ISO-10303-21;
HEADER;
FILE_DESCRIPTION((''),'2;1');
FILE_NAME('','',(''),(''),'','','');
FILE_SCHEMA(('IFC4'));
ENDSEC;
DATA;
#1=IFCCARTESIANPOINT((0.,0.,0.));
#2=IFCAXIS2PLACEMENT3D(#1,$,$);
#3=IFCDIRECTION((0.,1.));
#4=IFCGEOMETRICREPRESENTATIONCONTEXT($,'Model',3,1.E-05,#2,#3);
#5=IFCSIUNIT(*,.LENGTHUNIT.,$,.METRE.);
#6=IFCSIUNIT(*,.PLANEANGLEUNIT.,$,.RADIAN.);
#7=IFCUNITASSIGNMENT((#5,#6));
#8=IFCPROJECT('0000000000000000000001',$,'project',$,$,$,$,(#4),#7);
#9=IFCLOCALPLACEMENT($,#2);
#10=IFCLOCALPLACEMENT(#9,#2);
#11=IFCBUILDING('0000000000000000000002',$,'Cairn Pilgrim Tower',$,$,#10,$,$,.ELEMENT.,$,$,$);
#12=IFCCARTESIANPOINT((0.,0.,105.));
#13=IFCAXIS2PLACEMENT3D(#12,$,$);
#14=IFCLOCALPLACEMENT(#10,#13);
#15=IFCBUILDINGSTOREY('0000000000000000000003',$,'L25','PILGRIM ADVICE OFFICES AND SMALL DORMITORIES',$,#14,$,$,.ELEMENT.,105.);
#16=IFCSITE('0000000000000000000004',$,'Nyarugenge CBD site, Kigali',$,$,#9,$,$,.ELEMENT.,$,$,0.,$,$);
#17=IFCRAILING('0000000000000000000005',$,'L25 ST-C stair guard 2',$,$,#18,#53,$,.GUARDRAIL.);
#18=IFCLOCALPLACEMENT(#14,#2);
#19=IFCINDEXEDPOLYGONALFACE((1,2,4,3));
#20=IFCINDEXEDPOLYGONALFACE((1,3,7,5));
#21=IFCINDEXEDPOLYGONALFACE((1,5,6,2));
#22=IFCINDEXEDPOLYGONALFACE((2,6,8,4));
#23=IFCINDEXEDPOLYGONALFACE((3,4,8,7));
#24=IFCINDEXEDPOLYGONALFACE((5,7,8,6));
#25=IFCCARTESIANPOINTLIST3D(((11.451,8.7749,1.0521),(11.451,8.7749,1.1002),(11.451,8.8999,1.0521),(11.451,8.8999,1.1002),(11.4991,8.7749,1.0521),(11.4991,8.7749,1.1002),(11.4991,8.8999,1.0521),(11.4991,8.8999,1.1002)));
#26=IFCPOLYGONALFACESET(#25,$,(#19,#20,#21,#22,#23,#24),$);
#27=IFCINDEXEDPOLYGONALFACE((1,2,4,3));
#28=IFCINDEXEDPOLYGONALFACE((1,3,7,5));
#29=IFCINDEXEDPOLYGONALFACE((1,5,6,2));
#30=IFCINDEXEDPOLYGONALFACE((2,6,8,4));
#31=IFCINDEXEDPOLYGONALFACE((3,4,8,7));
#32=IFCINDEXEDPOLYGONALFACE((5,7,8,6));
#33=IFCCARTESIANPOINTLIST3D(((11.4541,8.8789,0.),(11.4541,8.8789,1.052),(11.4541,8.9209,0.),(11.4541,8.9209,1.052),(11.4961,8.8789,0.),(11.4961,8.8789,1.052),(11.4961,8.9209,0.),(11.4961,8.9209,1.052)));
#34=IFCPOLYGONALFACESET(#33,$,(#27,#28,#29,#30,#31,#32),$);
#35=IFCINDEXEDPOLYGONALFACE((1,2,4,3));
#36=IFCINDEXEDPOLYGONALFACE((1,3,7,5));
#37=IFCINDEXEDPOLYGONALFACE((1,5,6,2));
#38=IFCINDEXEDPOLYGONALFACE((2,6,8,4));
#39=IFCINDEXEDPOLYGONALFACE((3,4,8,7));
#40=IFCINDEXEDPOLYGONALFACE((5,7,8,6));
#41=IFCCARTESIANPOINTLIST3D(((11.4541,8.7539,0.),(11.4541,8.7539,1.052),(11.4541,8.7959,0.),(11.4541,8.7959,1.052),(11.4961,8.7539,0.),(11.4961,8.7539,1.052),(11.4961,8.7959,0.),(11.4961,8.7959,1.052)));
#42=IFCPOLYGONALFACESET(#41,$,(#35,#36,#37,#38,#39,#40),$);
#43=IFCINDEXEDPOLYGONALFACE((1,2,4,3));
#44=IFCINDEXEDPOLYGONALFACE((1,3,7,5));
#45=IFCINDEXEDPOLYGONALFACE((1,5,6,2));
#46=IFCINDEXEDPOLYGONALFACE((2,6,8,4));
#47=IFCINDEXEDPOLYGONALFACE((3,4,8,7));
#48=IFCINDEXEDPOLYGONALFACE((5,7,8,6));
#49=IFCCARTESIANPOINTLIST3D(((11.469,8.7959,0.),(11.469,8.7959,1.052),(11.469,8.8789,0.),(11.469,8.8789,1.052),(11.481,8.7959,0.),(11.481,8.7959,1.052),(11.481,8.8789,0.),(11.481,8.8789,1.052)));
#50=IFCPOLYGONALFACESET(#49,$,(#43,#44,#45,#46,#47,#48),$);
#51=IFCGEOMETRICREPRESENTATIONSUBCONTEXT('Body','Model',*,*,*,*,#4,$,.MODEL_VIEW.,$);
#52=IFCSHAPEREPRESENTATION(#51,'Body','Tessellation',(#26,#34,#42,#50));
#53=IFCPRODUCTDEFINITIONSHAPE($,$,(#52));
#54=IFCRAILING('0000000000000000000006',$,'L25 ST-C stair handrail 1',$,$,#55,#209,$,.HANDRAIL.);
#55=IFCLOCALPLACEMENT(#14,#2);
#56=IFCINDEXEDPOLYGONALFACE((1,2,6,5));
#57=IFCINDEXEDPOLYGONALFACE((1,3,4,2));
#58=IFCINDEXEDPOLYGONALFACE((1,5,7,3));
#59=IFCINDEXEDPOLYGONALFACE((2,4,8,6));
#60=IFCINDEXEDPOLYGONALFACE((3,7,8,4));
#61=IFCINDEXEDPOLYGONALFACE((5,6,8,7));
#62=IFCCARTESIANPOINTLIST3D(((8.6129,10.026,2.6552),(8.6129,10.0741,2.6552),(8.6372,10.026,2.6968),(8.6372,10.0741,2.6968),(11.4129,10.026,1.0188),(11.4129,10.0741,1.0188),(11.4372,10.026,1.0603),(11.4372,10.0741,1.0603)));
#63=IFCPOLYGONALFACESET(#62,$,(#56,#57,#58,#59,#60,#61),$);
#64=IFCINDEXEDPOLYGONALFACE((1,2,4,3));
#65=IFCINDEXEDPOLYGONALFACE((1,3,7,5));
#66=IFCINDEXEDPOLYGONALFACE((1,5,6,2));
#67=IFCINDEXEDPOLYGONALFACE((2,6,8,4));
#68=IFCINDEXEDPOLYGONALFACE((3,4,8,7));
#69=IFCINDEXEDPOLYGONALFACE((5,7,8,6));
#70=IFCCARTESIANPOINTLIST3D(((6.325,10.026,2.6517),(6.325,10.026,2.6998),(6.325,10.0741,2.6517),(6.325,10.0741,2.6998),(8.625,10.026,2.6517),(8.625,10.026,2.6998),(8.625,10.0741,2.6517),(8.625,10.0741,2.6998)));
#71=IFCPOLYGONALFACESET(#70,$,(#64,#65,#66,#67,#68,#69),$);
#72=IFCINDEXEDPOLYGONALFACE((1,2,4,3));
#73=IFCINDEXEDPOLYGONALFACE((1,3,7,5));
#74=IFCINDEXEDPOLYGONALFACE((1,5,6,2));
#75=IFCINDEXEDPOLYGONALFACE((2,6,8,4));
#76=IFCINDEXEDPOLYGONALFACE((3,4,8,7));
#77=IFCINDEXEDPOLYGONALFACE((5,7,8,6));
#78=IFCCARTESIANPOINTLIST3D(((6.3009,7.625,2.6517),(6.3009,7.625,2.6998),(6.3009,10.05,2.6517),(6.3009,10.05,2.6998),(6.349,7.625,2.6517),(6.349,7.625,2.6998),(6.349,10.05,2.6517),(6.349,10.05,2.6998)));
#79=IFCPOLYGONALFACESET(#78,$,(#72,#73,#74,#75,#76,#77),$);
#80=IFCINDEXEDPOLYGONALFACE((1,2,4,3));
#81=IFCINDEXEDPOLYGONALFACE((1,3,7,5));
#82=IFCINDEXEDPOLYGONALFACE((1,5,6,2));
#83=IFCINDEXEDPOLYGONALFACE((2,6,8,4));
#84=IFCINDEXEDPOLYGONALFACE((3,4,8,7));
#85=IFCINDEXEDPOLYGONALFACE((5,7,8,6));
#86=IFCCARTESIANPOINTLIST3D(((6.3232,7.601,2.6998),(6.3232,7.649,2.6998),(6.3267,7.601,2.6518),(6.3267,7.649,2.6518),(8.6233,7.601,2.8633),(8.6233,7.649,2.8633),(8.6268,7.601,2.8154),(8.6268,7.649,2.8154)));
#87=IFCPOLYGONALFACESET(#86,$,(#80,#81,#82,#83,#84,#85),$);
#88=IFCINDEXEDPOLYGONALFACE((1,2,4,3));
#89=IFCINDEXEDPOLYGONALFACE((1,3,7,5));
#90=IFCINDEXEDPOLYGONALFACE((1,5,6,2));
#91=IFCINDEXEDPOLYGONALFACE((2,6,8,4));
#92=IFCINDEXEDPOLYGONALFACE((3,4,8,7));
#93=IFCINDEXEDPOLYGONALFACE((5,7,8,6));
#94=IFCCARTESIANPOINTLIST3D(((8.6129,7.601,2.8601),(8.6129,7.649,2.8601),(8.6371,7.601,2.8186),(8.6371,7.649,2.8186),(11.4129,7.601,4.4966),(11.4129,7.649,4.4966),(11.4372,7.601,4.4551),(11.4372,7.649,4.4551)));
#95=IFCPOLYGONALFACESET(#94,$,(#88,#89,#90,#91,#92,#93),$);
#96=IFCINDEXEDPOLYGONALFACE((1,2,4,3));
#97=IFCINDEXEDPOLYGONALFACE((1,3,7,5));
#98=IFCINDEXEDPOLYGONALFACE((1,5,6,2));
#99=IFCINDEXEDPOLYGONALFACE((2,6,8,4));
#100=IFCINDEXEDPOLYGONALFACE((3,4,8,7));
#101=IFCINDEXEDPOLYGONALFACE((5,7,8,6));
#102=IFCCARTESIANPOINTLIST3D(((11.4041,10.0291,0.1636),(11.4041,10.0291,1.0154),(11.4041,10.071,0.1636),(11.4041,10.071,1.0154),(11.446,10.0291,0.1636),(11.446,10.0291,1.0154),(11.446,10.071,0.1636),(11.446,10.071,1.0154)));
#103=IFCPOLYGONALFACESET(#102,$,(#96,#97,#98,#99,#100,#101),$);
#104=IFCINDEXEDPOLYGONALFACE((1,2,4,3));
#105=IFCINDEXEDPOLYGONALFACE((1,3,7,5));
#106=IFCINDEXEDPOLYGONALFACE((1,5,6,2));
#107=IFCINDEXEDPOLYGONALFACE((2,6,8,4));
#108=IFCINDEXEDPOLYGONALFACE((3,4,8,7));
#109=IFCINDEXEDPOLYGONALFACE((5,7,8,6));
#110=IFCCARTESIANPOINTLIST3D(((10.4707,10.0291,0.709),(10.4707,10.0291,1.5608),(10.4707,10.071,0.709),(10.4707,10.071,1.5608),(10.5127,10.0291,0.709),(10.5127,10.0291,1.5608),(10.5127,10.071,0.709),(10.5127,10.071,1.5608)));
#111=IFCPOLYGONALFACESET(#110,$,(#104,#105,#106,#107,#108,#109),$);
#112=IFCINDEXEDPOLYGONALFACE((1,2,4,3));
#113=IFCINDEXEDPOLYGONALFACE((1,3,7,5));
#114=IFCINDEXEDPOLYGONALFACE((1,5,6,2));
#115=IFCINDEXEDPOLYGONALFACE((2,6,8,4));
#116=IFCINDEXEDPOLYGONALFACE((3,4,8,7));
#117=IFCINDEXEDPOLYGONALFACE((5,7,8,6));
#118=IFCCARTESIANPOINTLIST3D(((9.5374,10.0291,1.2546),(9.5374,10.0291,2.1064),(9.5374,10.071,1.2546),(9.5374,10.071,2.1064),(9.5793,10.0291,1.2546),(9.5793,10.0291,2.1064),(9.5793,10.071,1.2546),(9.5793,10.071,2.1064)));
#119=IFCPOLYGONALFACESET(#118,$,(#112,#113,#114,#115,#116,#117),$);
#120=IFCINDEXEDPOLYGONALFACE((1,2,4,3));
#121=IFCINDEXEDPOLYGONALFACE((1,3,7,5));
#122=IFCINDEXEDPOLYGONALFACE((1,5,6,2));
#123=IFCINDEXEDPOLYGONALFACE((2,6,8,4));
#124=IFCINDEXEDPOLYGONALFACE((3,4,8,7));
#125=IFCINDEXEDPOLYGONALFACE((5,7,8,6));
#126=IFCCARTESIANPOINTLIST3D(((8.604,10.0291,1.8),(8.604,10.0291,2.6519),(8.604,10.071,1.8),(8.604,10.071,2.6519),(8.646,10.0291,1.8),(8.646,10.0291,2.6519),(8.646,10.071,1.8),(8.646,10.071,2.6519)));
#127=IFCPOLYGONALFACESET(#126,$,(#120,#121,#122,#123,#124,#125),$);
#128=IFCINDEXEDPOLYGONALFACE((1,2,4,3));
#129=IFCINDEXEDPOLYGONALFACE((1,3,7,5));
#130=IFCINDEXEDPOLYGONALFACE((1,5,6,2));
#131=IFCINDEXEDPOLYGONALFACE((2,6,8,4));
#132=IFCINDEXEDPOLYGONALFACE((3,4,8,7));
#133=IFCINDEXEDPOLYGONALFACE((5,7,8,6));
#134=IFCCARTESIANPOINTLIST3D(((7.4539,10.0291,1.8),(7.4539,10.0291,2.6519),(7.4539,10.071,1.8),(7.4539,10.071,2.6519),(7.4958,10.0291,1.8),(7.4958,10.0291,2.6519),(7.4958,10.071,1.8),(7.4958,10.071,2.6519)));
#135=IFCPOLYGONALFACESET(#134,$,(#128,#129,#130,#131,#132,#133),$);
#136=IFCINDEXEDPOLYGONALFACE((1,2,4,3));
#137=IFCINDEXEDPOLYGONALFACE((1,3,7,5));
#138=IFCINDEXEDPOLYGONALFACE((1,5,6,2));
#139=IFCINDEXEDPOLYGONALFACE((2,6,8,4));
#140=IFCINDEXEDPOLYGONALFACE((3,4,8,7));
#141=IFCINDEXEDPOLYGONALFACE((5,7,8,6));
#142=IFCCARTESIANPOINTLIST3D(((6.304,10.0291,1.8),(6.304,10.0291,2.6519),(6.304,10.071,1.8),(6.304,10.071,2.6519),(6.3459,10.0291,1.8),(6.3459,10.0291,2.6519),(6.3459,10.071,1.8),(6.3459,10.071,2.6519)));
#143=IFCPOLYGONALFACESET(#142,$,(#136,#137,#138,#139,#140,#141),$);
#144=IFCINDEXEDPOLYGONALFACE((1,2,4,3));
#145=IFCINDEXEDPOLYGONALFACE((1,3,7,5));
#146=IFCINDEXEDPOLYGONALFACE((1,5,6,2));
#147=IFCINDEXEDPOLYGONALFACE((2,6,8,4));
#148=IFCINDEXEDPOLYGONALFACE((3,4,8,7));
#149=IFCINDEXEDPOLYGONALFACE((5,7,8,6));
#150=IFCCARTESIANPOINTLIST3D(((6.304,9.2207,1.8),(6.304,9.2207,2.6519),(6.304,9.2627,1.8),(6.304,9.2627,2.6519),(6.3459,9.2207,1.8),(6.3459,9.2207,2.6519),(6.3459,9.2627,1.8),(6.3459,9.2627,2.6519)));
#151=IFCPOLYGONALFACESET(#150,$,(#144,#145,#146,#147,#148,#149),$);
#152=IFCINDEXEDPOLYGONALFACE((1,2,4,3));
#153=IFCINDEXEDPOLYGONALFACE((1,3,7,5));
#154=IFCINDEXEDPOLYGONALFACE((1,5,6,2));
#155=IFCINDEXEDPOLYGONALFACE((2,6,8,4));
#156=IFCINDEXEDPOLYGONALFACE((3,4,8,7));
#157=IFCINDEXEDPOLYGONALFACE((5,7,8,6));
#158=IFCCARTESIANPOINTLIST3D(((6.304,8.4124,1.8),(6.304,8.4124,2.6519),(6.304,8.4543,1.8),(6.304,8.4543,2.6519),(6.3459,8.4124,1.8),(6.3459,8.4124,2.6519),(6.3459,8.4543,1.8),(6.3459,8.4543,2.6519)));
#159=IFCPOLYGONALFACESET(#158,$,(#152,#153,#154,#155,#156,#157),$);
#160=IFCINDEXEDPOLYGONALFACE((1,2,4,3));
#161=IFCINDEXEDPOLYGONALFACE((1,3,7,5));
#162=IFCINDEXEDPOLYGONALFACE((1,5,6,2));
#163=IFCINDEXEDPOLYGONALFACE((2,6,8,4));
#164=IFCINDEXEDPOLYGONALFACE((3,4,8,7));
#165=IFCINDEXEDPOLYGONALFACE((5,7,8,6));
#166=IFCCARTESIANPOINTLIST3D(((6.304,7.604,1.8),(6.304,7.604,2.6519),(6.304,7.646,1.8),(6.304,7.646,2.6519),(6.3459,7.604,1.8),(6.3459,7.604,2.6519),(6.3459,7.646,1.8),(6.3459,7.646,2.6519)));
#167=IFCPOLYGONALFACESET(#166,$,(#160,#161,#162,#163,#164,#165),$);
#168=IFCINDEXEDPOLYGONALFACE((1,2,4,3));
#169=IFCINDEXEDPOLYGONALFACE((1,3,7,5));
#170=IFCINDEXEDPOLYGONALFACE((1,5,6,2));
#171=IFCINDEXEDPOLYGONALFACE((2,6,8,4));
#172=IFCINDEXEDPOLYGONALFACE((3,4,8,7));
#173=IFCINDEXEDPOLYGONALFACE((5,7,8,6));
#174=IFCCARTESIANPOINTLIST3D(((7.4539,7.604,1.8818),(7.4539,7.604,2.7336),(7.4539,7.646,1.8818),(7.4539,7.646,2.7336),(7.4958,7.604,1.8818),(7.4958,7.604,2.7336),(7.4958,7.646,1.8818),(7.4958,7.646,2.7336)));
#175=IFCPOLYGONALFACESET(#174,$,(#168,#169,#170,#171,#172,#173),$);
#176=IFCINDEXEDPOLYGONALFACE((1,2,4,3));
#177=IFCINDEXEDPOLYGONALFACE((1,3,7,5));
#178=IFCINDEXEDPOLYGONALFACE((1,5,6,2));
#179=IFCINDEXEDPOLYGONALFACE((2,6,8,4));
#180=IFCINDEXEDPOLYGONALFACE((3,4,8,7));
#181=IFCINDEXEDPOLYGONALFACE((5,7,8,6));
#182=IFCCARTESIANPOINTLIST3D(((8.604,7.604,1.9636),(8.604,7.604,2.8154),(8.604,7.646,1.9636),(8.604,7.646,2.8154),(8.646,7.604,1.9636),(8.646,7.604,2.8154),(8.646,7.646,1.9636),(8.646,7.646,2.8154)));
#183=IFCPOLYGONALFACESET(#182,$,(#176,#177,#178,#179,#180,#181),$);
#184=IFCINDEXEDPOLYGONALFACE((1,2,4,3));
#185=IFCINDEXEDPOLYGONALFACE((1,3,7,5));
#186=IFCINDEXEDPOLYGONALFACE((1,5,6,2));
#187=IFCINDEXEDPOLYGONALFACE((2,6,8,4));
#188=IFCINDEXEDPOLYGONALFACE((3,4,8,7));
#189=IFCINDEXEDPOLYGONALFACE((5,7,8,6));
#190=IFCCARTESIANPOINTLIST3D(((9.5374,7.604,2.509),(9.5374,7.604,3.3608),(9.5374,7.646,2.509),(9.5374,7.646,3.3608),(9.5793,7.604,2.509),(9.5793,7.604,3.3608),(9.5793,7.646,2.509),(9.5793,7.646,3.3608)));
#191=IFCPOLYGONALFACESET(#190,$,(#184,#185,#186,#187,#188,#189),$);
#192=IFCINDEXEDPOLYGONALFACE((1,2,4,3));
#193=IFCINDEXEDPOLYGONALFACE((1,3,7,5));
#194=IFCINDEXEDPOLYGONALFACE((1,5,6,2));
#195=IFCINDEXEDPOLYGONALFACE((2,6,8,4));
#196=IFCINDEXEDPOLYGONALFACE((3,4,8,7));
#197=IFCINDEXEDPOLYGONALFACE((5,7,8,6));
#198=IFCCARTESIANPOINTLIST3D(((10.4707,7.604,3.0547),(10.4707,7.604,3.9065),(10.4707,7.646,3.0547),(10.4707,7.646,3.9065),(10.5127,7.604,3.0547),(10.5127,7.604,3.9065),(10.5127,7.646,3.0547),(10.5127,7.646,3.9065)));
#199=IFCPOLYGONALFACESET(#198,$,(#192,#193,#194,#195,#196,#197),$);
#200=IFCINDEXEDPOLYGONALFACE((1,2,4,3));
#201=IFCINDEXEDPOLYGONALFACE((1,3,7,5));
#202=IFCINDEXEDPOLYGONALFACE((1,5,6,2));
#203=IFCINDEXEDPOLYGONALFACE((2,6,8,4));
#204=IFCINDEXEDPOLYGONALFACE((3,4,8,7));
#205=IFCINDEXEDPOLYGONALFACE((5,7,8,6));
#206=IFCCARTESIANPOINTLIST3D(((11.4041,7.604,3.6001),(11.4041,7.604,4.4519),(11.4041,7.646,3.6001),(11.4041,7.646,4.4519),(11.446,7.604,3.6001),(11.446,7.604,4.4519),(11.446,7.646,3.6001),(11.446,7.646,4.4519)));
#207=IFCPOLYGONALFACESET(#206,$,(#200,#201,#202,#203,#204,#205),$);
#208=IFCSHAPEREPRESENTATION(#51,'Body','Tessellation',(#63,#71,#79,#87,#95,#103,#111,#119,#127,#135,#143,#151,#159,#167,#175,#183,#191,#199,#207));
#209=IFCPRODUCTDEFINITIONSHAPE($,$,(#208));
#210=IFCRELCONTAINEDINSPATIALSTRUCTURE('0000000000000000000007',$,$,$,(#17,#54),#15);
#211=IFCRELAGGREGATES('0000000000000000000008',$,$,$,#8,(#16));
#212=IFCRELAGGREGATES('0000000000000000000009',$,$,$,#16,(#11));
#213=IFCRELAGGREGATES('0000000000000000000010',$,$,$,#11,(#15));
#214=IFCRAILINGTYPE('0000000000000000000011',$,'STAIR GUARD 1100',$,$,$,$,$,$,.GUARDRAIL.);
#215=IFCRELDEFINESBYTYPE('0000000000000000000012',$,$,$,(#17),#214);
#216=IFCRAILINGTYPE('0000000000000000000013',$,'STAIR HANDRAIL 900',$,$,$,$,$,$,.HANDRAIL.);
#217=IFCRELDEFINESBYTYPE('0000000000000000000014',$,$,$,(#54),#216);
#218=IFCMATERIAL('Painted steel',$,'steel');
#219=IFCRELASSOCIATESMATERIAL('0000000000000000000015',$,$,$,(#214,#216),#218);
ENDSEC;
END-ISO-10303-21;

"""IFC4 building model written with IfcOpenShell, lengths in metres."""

from ifc_helpers import new_model, si_unit, direction, frame, origin, origin_2d, place, context, subcontext, project, spatial, polyline, rectangle, outline, extrude, material, type_object, element, save


model = new_model("IFC4")

# Units and contexts
model_context = context("Model", 3, precision=1e-05, world=origin(), true_north=direction((0.0, 1.0)))
body_context = subcontext(model_context, "Body", "Model", "MODEL_VIEW")
ifc_project = project(units=[si_unit("LENGTHUNIT", "METRE"), si_unit("PLANEANGLEUNIT", "RADIAN")], contexts=[model_context])

# Site, building, storey
site_placement = place(None, origin())
site = spatial("IfcSite", under=ifc_project, at=site_placement, Name="Nyarugenge CBD site, Kigali", CompositionType="ELEMENT", RefElevation=0.0)
building_placement = place(site_placement, origin())
building = spatial("IfcBuilding", under=site, at=building_placement, Name="Cairn Pilgrim Tower", CompositionType="ELEMENT")
storey_placement = place(building_placement, frame((0.0, 0.0, 105.0)))
storey = spatial("IfcBuildingStorey", under=building, at=storey_placement, Name="L25", Description="PILGRIM ADVICE OFFICES AND SMALL DORMITORIES", CompositionType="ELEMENT", Elevation=105.0)

# Shared definitions
ifc_material_1 = material(Name="Painted steel", Category="steel")

# Railings
railing_type_1 = type_object("IfcRailingType", Name="STAIR GUARD 1100", PredefinedType="GUARDRAIL", material=ifc_material_1)
railing_1_placement = place(storey_placement, frame((11.4751, 8.8999, 0.0)))
element("IfcRailing", 1, at=railing_1_placement, inside=storey, type_object=railing_type_1, Name="L25 ST-C stair guard 2", PredefinedType="GUARDRAIL", context=body_context, shape_type="SweptSolid", body=[
    extrude(rectangle(XDim=0.0481, YDim=0.0481, at=origin_2d()), frame((0.0, 0.0, 1.0762), z_axis=(0.0, -1.0, 0.0), x_axis=(1.0, 0.0, 0.0)), (0.0, 0.0, 1.0), 0.125),
    extrude(rectangle(XDim=0.042, YDim=0.042, at=origin_2d()), origin(), (0.0, 0.0, 1.0), 1.052),
    extrude(rectangle(XDim=0.042, YDim=0.042, at=origin_2d()), frame((0.0, -0.125, 0.0)), (0.0, 0.0, 1.0), 1.052),
    extrude(outline(polyline([(0.021, 0.0), (0.104, 0.0), (0.104, 1.052), (0.021, 1.052), (0.021, 0.0)])), frame((0.0059, 0.0, 0.0), z_axis=(-1.0, 0.0, 0.0), x_axis=(0.0, -1.0, 0.0)), (0.0, 0.0, 1.0), 0.012),
])
railing_type_2 = type_object("IfcRailingType", Name="STAIR HANDRAIL 900", PredefinedType="HANDRAIL", material=ifc_material_1)
railing_2_placement = place(storey_placement, frame((11.425, 10.05, 0.1636)))
element("IfcRailing", 2, at=railing_2_placement, inside=storey, type_object=railing_type_2, Name="L25 ST-C stair handrail 1", PredefinedType="HANDRAIL", context=body_context, shape_type="SweptSolid", body=[
    extrude(rectangle(XDim=0.0481, YDim=0.0481, at=origin_2d()), frame((0.0, 0.0, 0.876), z_axis=(-0.863361, 0.0, 0.504587), x_axis=(0.0, -1.0, 0.0)), (0.0, 0.0, 1.0), 3.2432),
    extrude(rectangle(XDim=0.0481, YDim=0.0481, at=origin_2d()), frame((-2.8, 0.0, 2.5122), z_axis=(-1.0, 0.0, 0.0), x_axis=(0.0, -1.0, 0.0)), (0.0, 0.0, 1.0), 2.3),
    extrude(rectangle(XDim=0.0481, YDim=0.0481, at=origin_2d()), frame((-5.1001, 0.0, 2.5122), z_axis=(0.0, -1.0, 0.0), x_axis=(1.0, 0.0, 0.0)), (0.0, 0.0, 1.0), 2.425),
    extrude(rectangle(XDim=0.0481, YDim=0.0481, at=origin_2d()), frame((-5.1001, -2.425, 2.5122), z_axis=(0.997481, 0.0, 0.070939), x_axis=(0.0, 1.0, 0.0)), (0.0, 0.0, 1.0), 2.3059),
    extrude(rectangle(XDim=0.0481, YDim=0.0481, at=origin_2d()), frame((-2.8, -2.425, 2.6758), z_axis=(0.863361, 0.0, 0.504587), x_axis=(0.0, 1.0, 0.0)), (0.0, 0.0, 1.0), 3.2432),
    extrude(rectangle(XDim=0.042, YDim=0.042, at=origin_2d()), origin(), (0.0, 0.0, 1.0), 0.8518),
    extrude(rectangle(XDim=0.042, YDim=0.042, at=origin_2d()), frame((-0.9333, 0.0, 0.5454)), (0.0, 0.0, 1.0), 0.8518),
    extrude(rectangle(XDim=0.042, YDim=0.042, at=origin_2d()), frame((-1.8667, 0.0, 1.0911)), (0.0, 0.0, 1.0), 0.8518),
    extrude(rectangle(XDim=0.042, YDim=0.042, at=origin_2d()), frame((-2.8, 0.0, 1.6365)), (0.0, 0.0, 1.0), 0.8518),
    extrude(rectangle(XDim=0.042, YDim=0.042, at=origin_2d()), frame((-3.9502, 0.0, 1.6365)), (0.0, 0.0, 1.0), 0.8518),
    extrude(rectangle(XDim=0.042, YDim=0.042, at=origin_2d()), frame((-5.1001, 0.0, 1.6365)), (0.0, 0.0, 1.0), 0.8518),
    extrude(rectangle(XDim=0.042, YDim=0.042, at=origin_2d()), frame((-5.1001, -0.8083, 1.6365)), (0.0, 0.0, 1.0), 0.8518),
    extrude(rectangle(XDim=0.042, YDim=0.042, at=origin_2d()), frame((-5.1001, -1.6167, 1.6365)), (0.0, 0.0, 1.0), 0.8518),
    extrude(rectangle(XDim=0.042, YDim=0.042, at=origin_2d()), frame((-5.1001, -2.425, 1.6365)), (0.0, 0.0, 1.0), 0.8518),
    extrude(rectangle(XDim=0.042, YDim=0.042, at=origin_2d()), frame((-3.9502, -2.425, 1.7183)), (0.0, 0.0, 1.0), 0.8518),
    extrude(rectangle(XDim=0.042, YDim=0.042, at=origin_2d()), frame((-2.8, -2.425, 1.8)), (0.0, 0.0, 1.0), 0.8518),
    extrude(rectangle(XDim=0.042, YDim=0.042, at=origin_2d()), frame((-1.8667, -2.425, 2.3455)), (0.0, 0.0, 1.0), 0.8518),
    extrude(rectangle(XDim=0.042, YDim=0.042, at=origin_2d()), frame((-0.9333, -2.425, 2.8911)), (0.0, 0.0, 1.0), 0.8518),
    extrude(rectangle(XDim=0.042, YDim=0.042, at=origin_2d()), frame((0.0, -2.425, 3.4365)), (0.0, 0.0, 1.0), 0.8518),
])

save(model, "model.ifc")
